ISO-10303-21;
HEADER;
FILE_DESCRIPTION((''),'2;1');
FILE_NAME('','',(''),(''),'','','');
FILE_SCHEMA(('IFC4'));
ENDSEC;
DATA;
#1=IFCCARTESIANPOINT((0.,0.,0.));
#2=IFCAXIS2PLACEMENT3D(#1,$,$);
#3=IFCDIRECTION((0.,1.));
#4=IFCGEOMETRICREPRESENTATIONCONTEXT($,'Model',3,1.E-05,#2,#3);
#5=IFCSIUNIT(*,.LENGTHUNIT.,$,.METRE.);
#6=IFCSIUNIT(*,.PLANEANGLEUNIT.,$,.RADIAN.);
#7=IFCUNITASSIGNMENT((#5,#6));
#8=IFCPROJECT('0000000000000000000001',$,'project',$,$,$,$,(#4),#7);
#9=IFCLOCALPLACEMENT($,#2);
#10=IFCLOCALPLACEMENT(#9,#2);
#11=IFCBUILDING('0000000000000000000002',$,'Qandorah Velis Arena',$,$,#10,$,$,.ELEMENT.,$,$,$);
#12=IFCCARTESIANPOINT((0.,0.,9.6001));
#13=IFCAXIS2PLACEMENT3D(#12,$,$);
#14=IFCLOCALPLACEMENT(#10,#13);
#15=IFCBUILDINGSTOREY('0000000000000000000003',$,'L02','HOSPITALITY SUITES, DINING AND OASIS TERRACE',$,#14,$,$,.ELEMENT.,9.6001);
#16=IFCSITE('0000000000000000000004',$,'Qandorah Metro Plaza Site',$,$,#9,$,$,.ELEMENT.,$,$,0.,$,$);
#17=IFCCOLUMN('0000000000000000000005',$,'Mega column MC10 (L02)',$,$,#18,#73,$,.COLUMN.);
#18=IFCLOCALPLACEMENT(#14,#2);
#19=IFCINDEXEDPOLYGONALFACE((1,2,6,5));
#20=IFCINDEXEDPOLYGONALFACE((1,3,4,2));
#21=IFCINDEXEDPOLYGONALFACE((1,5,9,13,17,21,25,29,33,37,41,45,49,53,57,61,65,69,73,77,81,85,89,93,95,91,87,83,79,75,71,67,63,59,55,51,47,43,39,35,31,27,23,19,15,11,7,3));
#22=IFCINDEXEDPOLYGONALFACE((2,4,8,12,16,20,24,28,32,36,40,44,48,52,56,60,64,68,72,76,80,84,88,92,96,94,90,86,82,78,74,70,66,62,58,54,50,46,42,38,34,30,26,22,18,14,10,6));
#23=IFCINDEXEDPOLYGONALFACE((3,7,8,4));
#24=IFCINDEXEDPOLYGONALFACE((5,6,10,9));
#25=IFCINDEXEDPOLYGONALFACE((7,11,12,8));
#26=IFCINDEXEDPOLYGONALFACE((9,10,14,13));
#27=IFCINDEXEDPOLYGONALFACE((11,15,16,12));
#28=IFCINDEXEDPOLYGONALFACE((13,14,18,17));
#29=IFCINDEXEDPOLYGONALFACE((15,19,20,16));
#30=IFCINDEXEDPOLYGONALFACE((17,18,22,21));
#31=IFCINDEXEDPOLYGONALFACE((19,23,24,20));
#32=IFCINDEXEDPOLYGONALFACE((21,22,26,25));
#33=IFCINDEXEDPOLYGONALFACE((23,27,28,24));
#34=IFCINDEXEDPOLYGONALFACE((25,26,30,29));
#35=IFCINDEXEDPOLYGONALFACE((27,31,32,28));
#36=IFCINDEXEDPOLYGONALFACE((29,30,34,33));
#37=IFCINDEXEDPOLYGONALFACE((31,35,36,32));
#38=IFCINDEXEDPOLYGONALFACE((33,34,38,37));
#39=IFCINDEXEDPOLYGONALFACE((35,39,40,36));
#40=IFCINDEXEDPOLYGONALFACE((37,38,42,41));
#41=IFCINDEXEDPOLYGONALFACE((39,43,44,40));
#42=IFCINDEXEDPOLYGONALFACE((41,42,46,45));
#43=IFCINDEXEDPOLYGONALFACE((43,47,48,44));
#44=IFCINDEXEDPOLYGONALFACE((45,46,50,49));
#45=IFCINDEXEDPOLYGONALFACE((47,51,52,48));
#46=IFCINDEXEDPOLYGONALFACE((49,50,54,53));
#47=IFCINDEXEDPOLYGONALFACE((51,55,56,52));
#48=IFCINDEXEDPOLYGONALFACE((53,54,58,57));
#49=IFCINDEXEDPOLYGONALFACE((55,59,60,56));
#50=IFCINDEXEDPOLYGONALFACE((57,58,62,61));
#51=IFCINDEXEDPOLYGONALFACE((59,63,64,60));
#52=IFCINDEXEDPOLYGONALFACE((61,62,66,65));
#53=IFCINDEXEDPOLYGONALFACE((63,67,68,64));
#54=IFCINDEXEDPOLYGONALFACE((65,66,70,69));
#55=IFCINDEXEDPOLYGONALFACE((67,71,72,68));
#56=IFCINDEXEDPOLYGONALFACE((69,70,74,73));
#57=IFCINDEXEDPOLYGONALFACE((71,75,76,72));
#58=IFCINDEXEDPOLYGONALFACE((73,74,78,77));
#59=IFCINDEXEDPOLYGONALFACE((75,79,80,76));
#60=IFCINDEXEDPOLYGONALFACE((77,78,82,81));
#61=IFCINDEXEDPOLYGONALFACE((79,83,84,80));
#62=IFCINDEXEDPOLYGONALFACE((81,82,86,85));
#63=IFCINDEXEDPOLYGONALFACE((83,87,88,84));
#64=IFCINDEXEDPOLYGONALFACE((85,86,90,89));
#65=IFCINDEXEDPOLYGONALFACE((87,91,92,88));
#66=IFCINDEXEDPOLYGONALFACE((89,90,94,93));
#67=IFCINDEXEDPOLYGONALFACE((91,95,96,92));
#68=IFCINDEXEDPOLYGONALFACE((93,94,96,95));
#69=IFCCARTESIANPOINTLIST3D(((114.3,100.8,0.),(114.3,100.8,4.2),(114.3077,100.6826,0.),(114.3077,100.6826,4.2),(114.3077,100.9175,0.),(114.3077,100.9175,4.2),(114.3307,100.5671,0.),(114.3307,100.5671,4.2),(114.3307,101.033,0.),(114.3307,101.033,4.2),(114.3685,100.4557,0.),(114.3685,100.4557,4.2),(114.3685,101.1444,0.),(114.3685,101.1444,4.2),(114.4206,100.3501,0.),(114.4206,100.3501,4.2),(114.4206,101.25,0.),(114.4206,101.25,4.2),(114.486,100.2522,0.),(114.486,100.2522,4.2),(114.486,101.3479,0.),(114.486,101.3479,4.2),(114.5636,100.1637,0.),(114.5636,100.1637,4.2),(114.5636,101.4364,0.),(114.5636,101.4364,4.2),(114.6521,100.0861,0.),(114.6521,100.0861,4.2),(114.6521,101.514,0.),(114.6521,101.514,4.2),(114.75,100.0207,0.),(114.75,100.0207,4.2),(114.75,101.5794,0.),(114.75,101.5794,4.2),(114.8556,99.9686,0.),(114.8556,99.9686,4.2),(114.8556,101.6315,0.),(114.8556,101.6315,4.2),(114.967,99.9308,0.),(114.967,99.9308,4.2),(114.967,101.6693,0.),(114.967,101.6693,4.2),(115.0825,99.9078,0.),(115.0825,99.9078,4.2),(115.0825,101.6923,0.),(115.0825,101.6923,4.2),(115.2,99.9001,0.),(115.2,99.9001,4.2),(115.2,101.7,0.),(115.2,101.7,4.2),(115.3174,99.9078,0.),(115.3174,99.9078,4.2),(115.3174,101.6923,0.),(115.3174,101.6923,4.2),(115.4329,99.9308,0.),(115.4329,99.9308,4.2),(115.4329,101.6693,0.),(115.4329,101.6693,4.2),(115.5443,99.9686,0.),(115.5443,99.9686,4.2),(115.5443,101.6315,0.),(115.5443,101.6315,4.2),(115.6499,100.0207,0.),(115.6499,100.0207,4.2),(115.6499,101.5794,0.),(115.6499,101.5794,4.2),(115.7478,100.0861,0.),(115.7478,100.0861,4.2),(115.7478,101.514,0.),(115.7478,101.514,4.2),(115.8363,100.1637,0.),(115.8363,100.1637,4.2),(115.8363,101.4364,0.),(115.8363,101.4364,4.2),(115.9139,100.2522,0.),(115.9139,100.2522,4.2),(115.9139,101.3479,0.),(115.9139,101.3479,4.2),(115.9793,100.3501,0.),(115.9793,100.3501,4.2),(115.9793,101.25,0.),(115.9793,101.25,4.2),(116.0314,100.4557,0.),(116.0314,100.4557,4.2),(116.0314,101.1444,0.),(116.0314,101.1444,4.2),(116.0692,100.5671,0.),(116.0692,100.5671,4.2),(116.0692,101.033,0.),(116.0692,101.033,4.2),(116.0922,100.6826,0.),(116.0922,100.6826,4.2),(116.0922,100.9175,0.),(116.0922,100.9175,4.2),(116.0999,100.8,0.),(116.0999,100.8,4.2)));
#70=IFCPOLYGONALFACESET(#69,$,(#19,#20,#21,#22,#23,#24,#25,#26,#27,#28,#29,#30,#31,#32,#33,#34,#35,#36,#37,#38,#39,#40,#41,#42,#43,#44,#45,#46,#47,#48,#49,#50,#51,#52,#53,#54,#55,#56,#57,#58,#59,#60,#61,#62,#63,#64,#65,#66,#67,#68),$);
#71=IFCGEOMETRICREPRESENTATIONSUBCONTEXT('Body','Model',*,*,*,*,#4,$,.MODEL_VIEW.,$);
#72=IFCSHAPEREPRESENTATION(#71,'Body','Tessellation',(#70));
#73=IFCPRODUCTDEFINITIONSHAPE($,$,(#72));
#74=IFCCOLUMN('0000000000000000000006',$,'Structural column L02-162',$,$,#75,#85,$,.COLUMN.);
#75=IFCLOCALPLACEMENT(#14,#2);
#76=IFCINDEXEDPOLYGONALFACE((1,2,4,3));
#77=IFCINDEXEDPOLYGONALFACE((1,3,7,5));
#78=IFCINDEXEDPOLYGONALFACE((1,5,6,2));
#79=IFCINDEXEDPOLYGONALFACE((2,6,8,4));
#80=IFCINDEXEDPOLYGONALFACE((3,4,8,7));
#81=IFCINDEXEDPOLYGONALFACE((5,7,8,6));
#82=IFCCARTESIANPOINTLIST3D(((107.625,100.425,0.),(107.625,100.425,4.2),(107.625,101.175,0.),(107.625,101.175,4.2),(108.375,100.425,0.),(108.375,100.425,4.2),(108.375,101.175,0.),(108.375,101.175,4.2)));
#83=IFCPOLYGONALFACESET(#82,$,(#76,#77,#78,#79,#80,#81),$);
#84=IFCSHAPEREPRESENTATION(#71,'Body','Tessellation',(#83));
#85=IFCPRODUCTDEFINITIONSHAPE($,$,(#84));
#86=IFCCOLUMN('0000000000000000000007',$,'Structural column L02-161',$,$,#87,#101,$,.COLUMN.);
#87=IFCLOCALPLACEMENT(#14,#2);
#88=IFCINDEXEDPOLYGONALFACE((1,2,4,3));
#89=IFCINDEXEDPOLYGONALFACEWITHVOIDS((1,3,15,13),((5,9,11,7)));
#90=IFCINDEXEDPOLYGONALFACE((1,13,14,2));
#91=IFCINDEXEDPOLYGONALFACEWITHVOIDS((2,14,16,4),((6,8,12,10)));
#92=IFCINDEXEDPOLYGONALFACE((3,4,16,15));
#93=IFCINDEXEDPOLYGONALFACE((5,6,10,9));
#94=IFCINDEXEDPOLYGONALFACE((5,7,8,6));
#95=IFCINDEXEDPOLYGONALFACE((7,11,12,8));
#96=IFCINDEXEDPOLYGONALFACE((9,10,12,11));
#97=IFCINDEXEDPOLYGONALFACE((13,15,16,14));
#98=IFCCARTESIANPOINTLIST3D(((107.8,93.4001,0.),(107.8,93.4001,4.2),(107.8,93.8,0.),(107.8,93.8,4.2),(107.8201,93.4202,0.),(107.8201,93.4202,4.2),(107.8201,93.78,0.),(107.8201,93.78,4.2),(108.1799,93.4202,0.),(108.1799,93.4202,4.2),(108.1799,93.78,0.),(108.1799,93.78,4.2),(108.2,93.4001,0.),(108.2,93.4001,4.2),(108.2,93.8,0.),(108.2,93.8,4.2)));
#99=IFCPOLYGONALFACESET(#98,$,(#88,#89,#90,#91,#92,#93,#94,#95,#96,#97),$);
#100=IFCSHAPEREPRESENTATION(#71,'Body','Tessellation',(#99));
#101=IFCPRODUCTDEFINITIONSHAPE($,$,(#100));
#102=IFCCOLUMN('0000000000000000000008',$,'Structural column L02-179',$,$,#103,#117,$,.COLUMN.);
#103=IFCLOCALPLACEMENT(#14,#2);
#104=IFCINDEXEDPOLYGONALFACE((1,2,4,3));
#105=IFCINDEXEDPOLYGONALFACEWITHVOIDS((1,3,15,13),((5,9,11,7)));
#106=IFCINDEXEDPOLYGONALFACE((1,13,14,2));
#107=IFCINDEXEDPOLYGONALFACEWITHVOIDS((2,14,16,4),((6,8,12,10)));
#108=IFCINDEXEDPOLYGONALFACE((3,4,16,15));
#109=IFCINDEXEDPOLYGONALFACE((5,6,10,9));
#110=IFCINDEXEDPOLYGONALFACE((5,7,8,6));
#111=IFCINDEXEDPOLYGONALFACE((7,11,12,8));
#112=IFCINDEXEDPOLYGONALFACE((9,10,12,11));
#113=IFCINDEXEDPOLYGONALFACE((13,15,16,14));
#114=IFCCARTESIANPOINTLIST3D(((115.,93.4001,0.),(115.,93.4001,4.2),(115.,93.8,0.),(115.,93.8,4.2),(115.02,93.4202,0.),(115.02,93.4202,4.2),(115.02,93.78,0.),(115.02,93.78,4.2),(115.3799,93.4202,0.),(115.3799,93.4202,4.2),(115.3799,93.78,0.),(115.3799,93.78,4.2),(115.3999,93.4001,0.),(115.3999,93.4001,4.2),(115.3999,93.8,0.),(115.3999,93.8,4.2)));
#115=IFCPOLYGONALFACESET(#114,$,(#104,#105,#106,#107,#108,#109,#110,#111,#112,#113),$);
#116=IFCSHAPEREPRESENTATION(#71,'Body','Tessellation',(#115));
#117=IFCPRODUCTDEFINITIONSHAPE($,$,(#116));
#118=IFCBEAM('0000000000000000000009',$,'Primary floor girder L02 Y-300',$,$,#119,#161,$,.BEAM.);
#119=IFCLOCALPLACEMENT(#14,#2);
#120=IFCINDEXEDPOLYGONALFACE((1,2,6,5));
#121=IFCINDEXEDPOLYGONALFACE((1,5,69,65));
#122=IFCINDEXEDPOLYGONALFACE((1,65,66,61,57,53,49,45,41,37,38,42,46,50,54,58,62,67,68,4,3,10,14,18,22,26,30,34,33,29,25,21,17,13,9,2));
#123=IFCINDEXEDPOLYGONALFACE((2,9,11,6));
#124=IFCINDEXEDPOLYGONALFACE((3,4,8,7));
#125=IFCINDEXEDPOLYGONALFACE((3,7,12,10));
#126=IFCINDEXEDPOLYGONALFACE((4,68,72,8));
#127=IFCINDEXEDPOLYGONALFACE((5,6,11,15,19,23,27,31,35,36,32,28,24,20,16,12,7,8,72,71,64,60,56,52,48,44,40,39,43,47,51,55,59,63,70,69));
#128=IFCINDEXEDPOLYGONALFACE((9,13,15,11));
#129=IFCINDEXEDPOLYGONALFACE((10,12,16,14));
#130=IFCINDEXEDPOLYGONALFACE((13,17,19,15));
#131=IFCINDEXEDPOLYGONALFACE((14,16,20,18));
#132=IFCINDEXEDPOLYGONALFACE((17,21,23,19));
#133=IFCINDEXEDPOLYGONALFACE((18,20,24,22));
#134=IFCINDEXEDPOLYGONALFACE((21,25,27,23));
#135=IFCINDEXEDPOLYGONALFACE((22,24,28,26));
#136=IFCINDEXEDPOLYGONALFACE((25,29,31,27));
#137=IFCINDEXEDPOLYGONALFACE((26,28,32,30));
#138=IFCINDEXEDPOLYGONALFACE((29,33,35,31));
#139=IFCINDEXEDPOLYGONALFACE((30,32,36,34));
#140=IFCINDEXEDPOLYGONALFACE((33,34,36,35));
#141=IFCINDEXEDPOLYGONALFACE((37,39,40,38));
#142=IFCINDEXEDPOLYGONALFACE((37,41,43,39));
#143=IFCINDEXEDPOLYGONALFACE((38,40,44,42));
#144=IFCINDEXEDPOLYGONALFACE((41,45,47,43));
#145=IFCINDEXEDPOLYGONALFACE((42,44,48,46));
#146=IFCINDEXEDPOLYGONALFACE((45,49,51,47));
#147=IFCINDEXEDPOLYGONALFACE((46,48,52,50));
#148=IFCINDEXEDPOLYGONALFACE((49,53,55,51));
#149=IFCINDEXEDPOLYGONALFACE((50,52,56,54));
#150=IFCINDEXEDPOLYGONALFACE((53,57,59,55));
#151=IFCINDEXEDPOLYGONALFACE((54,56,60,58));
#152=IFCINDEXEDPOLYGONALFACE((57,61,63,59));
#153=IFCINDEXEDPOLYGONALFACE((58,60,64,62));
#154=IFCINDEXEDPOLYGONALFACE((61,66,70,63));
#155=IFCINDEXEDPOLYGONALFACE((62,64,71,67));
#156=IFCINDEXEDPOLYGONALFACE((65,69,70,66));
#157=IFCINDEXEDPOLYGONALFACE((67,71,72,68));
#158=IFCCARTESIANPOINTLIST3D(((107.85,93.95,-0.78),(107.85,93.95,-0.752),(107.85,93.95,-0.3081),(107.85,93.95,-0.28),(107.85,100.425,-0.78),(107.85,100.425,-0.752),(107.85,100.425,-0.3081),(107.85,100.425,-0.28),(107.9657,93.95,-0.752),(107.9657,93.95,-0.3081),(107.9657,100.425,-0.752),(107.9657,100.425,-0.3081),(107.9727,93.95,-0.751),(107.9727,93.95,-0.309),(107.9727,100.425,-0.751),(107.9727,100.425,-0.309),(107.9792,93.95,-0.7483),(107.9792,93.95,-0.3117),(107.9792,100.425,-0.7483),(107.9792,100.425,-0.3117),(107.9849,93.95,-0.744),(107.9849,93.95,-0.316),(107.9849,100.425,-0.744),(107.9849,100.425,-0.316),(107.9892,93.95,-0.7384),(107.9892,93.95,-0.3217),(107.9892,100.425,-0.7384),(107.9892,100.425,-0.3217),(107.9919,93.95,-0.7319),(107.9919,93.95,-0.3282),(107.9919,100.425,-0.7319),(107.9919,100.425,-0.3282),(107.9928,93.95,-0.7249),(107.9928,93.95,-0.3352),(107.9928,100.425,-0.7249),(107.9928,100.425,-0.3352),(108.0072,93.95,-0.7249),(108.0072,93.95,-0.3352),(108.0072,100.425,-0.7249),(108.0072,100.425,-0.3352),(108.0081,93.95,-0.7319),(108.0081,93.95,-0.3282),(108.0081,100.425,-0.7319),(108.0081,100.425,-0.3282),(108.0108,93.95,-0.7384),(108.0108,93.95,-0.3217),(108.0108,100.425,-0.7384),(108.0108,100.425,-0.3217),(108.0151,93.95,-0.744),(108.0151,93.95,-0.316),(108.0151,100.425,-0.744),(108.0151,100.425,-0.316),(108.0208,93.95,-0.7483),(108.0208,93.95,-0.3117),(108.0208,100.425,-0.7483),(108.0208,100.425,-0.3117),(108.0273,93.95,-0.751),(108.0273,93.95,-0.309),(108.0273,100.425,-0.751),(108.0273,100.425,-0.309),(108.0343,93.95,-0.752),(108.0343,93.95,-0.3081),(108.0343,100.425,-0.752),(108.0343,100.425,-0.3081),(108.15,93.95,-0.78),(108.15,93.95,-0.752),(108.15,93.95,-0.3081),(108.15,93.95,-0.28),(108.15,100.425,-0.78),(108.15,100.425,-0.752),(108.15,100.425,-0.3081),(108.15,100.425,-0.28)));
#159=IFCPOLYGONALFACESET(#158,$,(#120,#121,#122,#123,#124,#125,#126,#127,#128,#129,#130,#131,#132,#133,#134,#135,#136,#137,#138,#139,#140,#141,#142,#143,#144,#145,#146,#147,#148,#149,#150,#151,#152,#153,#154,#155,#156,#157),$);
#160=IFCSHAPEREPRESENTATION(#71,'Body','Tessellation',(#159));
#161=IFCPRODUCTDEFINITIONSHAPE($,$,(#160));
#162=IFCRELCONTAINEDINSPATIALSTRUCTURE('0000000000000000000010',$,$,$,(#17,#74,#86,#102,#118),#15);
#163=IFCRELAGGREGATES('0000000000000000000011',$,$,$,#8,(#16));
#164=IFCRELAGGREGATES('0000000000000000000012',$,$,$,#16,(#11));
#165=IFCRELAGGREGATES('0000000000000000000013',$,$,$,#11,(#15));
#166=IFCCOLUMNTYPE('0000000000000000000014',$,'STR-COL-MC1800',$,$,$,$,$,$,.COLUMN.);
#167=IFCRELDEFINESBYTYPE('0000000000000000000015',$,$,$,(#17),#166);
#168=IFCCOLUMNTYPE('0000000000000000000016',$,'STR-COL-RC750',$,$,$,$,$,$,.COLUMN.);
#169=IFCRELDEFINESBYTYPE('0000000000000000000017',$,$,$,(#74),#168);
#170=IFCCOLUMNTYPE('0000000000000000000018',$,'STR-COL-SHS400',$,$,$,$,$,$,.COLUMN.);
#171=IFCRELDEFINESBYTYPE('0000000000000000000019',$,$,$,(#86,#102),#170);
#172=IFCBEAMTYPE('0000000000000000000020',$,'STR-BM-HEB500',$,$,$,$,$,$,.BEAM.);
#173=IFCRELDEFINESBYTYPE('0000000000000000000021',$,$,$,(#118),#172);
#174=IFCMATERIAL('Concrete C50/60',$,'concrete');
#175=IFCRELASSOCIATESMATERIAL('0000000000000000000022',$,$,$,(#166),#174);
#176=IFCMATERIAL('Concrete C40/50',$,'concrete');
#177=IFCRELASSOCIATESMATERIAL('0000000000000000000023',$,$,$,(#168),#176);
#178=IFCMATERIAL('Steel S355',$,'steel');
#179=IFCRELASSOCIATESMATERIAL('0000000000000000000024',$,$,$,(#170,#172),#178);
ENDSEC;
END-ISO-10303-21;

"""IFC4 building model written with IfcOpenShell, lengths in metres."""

from ifc_helpers import new_model, si_unit, direction, frame, origin, origin_2d, place, context, subcontext, project, spatial, rectangle, hollow_rectangle, circle, i_section, extrude, material, material_profile, profile_set, type_object, element, save


model = new_model("IFC4")

# Units and contexts
model_context = context("Model", 3, precision=1e-05, world=origin(), true_north=direction((0.0, 1.0)))
body_context = subcontext(model_context, "Body", "Model", "MODEL_VIEW")
ifc_project = project(units=[si_unit("LENGTHUNIT", "METRE"), si_unit("PLANEANGLEUNIT", "RADIAN")], contexts=[model_context])

# Site, building, storey
site_placement = place(None, origin())
site = spatial("IfcSite", under=ifc_project, at=site_placement, Name="Qandorah Metro Plaza Site", CompositionType="ELEMENT", RefElevation=0.0)
building_placement = place(site_placement, origin())
building = spatial("IfcBuilding", under=site, at=building_placement, Name="Qandorah Velis Arena", CompositionType="ELEMENT")
storey_placement = place(building_placement, frame((0.0, 0.0, 9.6001)))
storey = spatial("IfcBuildingStorey", under=building, at=storey_placement, Name="L02", Description="HOSPITALITY SUITES, DINING AND OASIS TERRACE", CompositionType="ELEMENT", Elevation=9.6001)

# Columns
ifc_material_1 = material(Name="Concrete C50/60", Category="concrete")
ifc_material_profile_1 = material_profile(ifc_material_1, circle(Radius=0.8999, at=origin_2d()), Name="MC D1800")
ifc_profile_set_1 = profile_set([ifc_material_profile_1], Name="Concrete C50/60")
column_type_1 = type_object("IfcColumnType", Name="STR-COL-MC1800", PredefinedType="COLUMN", material=ifc_profile_set_1)
column_1_placement = place(storey_placement, frame((115.2, 100.8, 0.0), z_axis=(0.0, 0.0, 1.0), x_axis=(1.0, 0.0, 0.0)))
element("IfcColumn", 1, at=column_1_placement, inside=storey, type_object=column_type_1, Name="Mega column MC10 (L02)", PredefinedType="COLUMN", context=body_context, shape_type="SweptSolid", body=[
    extrude(circle(Radius=0.8999, at=origin_2d()), origin(), (0.0, 0.0, 1.0), 4.2),
])
ifc_material_2 = material(Name="Concrete C40/50", Category="concrete")
ifc_material_profile_2 = material_profile(ifc_material_2, rectangle(XDim=0.75, YDim=0.75, at=origin_2d()), Name="RC COL 750x750")
ifc_profile_set_2 = profile_set([ifc_material_profile_2], Name="Concrete C40/50")
column_type_2 = type_object("IfcColumnType", Name="STR-COL-RC750", PredefinedType="COLUMN", material=ifc_profile_set_2)
column_2_placement = place(storey_placement, frame((108.0, 100.8, 0.0), z_axis=(0.0, 0.0, 1.0), x_axis=(1.0, 0.0, 0.0)))
element("IfcColumn", 2, at=column_2_placement, inside=storey, type_object=column_type_2, Name="Structural column L02-162", PredefinedType="COLUMN", context=body_context, shape_type="SweptSolid", body=[
    extrude(rectangle(XDim=0.75, YDim=0.75, at=origin_2d()), origin(), (0.0, 0.0, 1.0), 4.2),
])
ifc_material_3 = material(Name="Steel S355", Category="steel")
ifc_material_profile_3 = material_profile(ifc_material_3, hollow_rectangle(XDim=0.3999, YDim=0.3999, WallThickness=0.02, at=origin_2d()), Name="SHS 400x400x20")
ifc_profile_set_3 = profile_set([ifc_material_profile_3], Name="Steel S355")
column_type_3 = type_object("IfcColumnType", Name="STR-COL-SHS400", PredefinedType="COLUMN", material=ifc_profile_set_3)
for number, where, z_axis, x_axis, name in (
    (3, (108.0, 93.6001, 0.0), (0.0, 0.0, 1.0), (1.0, 0.0, 0.0), "Structural column L02-161"),
    (4, (115.2, 93.6001, 0.0), (0.0, 0.0, 1.0), (1.0, 0.0, 0.0), "Structural column L02-179"),
):
    element("IfcColumn", number, at=place(storey_placement, frame(where, z_axis=z_axis, x_axis=x_axis)), inside=storey, type_object=column_type_3, Name=name, PredefinedType="COLUMN", context=body_context, shape_type="SweptSolid", body=[
        extrude(hollow_rectangle(XDim=0.3999, YDim=0.3999, WallThickness=0.02, at=origin_2d()), origin(), (0.0, 0.0, 1.0), 4.2),
    ])

# Beam
ifc_material_profile_4 = material_profile(ifc_material_3, i_section(OverallWidth=0.3, OverallDepth=0.5, WebThickness=0.0144, FlangeThickness=0.0281, FilletRadius=0.0271, at=origin_2d()), Name="HEB 500")
ifc_profile_set_4 = profile_set([ifc_material_profile_4], Name="Steel S355")
beam_type_1 = type_object("IfcBeamType", Name="STR-BM-HEB500", PredefinedType="BEAM", material=ifc_profile_set_4)
beam_1_placement = place(storey_placement, frame((108.0, 93.95, -0.53), z_axis=(0.0, 1.0, 0.0), x_axis=(-1.0, 0.0, 0.0)))
element("IfcBeam", 5, at=beam_1_placement, inside=storey, type_object=beam_type_1, Name="Primary floor girder L02 Y-300", PredefinedType="BEAM", context=body_context, shape_type="SweptSolid", body=[
    extrude(i_section(OverallWidth=0.3, OverallDepth=0.5, WebThickness=0.0144, FlangeThickness=0.0281, FilletRadius=0.0271, at=origin_2d()), origin(), (0.0, 0.0, 1.0), 6.4751),
])

save(model, "model.ifc")
